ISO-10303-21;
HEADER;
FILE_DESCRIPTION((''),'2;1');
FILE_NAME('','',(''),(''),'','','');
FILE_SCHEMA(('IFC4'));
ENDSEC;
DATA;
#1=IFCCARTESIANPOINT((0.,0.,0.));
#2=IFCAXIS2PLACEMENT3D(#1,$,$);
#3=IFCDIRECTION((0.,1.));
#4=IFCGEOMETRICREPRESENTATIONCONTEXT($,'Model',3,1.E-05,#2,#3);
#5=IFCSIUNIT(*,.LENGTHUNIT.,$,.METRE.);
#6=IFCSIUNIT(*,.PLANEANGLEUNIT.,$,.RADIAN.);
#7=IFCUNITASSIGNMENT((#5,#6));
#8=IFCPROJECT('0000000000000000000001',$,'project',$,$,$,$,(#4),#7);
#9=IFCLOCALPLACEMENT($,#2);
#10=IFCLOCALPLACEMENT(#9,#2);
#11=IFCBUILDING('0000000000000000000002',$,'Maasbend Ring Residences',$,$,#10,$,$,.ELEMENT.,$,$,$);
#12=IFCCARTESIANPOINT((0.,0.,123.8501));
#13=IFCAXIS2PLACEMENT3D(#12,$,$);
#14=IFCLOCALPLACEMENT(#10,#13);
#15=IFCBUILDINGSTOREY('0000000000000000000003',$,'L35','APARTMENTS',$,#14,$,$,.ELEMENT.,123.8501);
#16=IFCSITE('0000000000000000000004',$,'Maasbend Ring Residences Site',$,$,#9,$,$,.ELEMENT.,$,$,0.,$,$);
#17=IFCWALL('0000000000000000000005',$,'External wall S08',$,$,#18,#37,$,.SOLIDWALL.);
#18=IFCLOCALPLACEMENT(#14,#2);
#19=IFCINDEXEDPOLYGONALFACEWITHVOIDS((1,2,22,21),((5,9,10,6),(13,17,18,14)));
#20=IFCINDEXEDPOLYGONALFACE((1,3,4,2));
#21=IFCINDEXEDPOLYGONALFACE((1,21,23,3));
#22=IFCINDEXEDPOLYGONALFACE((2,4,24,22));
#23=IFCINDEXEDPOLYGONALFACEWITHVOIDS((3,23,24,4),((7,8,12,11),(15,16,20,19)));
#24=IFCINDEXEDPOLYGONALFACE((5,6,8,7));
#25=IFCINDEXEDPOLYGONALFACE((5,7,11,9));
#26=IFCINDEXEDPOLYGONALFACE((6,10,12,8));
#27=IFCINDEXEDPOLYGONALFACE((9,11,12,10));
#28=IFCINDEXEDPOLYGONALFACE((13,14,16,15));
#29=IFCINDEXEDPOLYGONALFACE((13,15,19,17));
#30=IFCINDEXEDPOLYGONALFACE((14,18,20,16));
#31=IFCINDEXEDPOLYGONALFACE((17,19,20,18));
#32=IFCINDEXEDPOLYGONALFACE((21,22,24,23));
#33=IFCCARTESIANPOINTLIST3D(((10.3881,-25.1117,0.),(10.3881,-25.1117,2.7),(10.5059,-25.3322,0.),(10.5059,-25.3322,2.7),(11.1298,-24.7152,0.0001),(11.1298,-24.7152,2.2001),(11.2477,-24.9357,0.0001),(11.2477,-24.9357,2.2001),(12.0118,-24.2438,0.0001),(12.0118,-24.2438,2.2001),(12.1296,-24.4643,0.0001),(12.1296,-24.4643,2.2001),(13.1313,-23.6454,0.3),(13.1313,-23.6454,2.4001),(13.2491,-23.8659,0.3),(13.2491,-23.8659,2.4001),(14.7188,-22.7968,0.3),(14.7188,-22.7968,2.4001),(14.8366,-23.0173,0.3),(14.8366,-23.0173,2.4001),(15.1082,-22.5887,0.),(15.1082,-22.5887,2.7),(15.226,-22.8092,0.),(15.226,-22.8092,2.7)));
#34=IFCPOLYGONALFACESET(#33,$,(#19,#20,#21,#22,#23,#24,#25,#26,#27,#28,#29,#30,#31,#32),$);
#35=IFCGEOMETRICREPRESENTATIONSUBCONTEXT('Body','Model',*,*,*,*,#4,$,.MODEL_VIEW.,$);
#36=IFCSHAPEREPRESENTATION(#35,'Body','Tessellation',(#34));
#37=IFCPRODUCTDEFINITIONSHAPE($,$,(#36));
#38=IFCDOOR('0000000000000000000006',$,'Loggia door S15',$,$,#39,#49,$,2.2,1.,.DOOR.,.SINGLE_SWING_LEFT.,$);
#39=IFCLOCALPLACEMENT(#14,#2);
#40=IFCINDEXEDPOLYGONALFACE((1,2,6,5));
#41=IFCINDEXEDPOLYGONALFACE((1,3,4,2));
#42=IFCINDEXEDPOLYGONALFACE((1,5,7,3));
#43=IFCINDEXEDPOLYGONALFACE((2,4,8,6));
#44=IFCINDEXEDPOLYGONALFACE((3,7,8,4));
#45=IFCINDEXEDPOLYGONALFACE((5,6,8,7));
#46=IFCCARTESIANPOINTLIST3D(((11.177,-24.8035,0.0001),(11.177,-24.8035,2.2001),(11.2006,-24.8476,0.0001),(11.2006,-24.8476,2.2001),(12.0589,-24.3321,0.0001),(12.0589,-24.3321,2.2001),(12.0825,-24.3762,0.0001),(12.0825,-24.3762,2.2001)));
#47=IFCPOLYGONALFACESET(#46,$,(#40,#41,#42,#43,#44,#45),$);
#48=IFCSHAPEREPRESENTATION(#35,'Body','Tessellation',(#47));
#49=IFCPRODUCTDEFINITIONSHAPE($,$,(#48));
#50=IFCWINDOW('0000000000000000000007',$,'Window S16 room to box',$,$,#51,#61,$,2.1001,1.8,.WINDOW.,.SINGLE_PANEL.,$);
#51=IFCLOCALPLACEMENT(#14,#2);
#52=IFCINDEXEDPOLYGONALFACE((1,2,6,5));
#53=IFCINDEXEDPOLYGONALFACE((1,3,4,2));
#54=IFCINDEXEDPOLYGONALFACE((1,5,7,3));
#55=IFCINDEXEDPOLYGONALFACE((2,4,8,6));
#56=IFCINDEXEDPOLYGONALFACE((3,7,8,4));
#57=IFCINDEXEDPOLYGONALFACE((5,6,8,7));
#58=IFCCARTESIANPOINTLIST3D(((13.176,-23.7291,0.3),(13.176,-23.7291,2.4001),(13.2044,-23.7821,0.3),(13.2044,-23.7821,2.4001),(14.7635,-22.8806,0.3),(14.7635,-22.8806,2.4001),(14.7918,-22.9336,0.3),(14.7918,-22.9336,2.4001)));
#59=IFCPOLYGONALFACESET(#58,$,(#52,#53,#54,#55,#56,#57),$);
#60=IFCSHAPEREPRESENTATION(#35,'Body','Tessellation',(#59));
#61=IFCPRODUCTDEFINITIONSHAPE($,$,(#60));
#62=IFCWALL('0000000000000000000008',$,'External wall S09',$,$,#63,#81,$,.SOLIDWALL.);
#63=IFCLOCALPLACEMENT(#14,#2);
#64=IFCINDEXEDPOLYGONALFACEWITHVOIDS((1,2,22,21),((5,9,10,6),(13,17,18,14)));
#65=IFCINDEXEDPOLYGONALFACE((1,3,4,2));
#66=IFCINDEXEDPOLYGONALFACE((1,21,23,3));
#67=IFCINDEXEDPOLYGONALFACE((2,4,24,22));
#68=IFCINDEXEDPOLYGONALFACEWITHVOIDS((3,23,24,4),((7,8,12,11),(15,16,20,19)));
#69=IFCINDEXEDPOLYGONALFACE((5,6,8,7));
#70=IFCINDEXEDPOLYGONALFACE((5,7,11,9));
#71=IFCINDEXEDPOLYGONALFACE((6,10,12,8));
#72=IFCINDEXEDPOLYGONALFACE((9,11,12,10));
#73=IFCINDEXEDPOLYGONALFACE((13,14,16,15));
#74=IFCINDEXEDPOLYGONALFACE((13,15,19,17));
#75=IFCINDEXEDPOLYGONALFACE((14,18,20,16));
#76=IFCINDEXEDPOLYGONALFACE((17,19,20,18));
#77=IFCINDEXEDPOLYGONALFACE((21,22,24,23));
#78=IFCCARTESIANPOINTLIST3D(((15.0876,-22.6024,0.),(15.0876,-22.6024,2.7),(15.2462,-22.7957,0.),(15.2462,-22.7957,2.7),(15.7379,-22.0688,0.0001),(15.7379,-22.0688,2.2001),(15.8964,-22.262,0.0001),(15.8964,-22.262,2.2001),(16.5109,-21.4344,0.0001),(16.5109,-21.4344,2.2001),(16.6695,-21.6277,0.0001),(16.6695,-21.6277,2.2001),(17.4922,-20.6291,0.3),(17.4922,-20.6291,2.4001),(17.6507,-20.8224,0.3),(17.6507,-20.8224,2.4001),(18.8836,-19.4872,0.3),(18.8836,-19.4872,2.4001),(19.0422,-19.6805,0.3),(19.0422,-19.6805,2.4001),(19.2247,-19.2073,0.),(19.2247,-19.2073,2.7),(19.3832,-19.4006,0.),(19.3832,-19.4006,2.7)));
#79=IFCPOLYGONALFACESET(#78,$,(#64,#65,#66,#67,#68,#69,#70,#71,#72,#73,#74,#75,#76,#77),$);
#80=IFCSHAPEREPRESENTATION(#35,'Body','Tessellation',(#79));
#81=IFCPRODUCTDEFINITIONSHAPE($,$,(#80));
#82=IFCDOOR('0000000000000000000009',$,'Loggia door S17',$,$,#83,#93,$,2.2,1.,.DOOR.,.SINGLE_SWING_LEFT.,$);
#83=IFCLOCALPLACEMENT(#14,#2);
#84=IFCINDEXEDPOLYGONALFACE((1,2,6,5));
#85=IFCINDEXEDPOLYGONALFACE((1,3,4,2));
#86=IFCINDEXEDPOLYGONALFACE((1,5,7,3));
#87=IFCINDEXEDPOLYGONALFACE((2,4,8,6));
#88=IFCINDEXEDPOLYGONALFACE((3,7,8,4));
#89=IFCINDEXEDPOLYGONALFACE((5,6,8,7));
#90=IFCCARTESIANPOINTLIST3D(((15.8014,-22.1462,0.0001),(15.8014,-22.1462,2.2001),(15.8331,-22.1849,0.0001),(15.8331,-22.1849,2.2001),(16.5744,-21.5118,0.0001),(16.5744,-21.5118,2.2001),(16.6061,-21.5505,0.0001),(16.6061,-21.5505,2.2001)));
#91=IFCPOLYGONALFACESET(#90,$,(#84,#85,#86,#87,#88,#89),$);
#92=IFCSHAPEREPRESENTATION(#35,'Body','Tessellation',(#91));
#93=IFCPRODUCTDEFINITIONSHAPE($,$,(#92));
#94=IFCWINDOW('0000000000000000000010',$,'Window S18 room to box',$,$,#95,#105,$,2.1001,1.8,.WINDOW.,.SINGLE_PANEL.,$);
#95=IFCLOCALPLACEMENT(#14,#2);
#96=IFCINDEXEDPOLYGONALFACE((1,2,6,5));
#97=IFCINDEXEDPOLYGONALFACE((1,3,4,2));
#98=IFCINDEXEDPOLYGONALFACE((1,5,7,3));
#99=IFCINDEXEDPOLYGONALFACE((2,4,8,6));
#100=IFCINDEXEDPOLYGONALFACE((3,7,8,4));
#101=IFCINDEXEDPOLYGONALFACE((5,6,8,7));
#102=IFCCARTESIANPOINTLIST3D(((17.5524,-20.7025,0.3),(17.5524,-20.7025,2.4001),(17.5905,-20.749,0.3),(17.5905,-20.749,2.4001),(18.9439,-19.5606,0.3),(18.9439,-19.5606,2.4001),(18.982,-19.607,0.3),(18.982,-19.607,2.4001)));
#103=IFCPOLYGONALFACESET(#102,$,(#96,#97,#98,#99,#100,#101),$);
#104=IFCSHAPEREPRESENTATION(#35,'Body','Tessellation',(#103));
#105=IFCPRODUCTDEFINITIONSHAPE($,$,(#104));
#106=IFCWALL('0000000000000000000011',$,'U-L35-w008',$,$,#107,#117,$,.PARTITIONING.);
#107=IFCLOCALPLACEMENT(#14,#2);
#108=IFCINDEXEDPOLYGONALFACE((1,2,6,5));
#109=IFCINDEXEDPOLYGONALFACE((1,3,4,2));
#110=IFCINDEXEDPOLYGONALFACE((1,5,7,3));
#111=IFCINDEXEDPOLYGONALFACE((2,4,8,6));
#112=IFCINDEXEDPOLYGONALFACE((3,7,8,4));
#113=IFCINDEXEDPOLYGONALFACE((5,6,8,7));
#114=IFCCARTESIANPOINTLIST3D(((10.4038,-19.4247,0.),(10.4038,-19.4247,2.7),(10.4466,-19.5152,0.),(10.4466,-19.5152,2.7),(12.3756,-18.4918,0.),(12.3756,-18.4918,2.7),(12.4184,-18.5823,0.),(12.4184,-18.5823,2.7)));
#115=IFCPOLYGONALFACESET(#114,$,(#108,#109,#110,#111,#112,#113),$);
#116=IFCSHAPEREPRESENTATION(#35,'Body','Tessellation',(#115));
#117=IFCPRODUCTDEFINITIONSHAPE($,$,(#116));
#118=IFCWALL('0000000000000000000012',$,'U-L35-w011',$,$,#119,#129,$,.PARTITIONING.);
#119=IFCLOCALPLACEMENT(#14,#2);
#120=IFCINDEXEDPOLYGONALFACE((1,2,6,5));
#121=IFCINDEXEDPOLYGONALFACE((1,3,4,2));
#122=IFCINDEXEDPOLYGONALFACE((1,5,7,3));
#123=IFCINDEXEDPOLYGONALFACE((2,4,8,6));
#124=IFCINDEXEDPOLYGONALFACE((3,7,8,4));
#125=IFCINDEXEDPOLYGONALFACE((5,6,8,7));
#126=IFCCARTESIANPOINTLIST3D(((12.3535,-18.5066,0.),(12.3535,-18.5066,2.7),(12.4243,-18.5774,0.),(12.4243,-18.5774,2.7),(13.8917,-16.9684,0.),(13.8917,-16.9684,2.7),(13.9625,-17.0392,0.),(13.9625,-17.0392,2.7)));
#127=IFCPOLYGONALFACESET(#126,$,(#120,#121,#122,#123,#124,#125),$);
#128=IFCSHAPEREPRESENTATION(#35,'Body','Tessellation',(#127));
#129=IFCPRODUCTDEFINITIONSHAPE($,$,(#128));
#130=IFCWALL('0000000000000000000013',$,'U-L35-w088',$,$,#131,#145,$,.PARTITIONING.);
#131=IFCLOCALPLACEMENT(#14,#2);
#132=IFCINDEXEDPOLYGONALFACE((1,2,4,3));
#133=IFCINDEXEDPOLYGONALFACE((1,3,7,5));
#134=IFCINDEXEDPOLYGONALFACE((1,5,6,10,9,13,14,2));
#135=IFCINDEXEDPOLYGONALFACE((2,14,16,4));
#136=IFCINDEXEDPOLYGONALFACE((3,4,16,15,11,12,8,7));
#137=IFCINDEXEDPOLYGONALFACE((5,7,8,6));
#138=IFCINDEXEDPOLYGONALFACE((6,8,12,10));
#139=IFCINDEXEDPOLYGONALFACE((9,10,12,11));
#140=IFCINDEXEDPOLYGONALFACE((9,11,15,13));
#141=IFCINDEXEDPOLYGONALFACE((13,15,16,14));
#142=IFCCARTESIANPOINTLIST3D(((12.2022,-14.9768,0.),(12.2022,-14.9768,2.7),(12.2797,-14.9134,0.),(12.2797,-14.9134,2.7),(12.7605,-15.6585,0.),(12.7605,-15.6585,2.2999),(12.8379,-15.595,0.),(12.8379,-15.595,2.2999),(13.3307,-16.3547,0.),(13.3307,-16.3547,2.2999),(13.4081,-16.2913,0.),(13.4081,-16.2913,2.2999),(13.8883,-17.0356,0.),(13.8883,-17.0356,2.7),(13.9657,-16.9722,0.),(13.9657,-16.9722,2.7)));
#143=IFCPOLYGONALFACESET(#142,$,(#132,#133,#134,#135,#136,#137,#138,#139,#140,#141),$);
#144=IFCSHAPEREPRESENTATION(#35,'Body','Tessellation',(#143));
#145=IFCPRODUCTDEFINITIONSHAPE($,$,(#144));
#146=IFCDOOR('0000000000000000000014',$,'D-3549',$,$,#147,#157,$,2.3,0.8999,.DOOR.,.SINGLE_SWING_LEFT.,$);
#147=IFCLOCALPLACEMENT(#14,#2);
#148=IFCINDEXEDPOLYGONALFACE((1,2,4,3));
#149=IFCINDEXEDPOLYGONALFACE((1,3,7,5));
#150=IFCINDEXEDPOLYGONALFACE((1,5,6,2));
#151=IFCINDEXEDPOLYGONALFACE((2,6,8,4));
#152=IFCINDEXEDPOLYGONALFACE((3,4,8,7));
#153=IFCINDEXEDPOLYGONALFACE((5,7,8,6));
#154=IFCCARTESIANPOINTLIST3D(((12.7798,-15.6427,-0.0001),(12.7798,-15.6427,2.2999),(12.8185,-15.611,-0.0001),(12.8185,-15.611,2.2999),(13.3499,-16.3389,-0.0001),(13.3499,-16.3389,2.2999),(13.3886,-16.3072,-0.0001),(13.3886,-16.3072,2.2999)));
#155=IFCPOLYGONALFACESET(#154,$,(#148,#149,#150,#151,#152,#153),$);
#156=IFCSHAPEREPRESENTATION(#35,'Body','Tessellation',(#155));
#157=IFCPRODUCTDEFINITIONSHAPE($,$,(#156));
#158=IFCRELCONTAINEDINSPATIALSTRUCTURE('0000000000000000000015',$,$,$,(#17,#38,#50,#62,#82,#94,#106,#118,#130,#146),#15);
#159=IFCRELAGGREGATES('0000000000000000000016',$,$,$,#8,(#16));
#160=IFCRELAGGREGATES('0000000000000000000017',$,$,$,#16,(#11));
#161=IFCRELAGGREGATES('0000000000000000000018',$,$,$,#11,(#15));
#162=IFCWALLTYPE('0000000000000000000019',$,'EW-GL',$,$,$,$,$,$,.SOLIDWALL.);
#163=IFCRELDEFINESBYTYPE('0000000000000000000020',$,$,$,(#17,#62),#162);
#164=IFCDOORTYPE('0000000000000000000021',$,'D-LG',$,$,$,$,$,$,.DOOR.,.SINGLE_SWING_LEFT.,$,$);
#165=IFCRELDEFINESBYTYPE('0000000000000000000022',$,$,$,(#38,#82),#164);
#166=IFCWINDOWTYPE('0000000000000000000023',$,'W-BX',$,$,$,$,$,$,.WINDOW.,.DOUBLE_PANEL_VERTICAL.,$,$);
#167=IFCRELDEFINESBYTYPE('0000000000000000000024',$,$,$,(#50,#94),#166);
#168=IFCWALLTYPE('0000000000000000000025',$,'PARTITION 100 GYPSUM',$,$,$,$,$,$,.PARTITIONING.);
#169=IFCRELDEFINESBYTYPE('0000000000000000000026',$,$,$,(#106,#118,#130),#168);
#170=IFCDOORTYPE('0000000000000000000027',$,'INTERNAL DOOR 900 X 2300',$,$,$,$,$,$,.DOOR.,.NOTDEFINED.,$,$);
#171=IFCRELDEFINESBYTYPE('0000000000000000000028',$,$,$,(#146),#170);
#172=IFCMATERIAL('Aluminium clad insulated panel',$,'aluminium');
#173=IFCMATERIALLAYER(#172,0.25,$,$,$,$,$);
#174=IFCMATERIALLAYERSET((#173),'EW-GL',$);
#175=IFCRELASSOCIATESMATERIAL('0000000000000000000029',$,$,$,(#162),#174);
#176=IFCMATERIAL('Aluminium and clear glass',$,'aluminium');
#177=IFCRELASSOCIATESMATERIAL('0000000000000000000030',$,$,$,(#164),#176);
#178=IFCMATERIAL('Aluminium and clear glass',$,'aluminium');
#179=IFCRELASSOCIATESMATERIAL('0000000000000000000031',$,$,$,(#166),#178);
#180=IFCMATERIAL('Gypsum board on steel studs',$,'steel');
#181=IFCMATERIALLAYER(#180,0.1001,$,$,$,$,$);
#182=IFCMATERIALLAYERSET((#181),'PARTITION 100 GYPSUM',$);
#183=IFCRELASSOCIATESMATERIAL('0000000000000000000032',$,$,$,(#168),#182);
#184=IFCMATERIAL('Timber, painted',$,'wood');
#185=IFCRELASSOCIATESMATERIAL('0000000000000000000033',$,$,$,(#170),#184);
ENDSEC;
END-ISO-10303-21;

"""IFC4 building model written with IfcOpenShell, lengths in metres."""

from ifc_helpers import new_model, si_unit, direction, frame, frame_2d, origin, place, context, subcontext, project, spatial, rectangle, extrude, material, layer, layer_set, type_object, element, fill, save


model = new_model("IFC4")

# Units and contexts
model_context = context("Model", 3, precision=1e-05, world=origin(), true_north=direction((0.0, 1.0)))
body_context = subcontext(model_context, "Body", "Model", "MODEL_VIEW")
ifc_project = project(units=[si_unit("LENGTHUNIT", "METRE"), si_unit("PLANEANGLEUNIT", "RADIAN")], contexts=[model_context])

# Site, building, storey
site_placement = place(None, origin())
site = spatial("IfcSite", under=ifc_project, at=site_placement, Name="Maasbend Ring Residences Site", CompositionType="ELEMENT", RefElevation=0.0)
building_placement = place(site_placement, origin())
building = spatial("IfcBuilding", under=site, at=building_placement, Name="Maasbend Ring Residences", CompositionType="ELEMENT")
storey_placement = place(building_placement, frame((0.0, 0.0, 123.8501)))
storey = spatial("IfcBuildingStorey", under=building, at=storey_placement, Name="L35", Description="APARTMENTS", CompositionType="ELEMENT", Elevation=123.8501)

# Walls, openings, doors, windows
ifc_material_1 = material(Name="Aluminium clad insulated panel", Category="aluminium")
ifc_layer_1 = layer(ifc_material_1, 0.25)
ifc_layer_set_1 = layer_set([ifc_layer_1], Name="EW-GL")
wall_type_1 = type_object("IfcWallType", Name="EW-GL", PredefinedType="SOLIDWALL", material=ifc_layer_set_1)
wall_1_placement = place(storey_placement, frame((10.447, -25.2219, 0.0), z_axis=(0.0, 0.0, 1.0), x_axis=(0.881916, 0.471407, 0.0)))
wall_1 = element("IfcWall", 1, at=wall_1_placement, inside=storey, type_object=wall_type_1, Name="External wall S08", PredefinedType="SOLIDWALL", context=body_context, shape_type="SweptSolid", body=[
    extrude(rectangle(XDim=5.3521, YDim=0.25, at=frame_2d((2.676, 0.0))), origin(), (0.0, 0.0, 1.0), 2.7),
])
opening_1_placement = place(wall_1_placement, frame((0.8411, 0.0, 0.0)))
opening_1 = element("IfcOpeningElement", 2, at=opening_1_placement, cuts=wall_1, PredefinedType="OPENING", context=body_context, shape_type="SweptSolid", body=[
    extrude(rectangle(XDim=1.0, YDim=2.2, at=frame_2d((0.5, 1.1001))), frame((0.0, 0.135, 0.0), z_axis=(0.0, -1.0, 0.0), x_axis=(1.0, 0.0, 0.0)), (0.0, 0.0, 1.0), 0.27),
])
opening_2_placement = place(wall_1_placement, frame((3.1106, 0.0, 0.3)))
opening_2 = element("IfcOpeningElement", 3, at=opening_2_placement, cuts=wall_1, PredefinedType="OPENING", context=body_context, shape_type="SweptSolid", body=[
    extrude(rectangle(XDim=1.8, YDim=2.1001, at=frame_2d((0.8999, 1.05))), frame((0.0, 0.135, 0.0), z_axis=(0.0, -1.0, 0.0), x_axis=(1.0, 0.0, 0.0)), (0.0, 0.0, 1.0), 0.27),
])
ifc_material_2 = material(Name="Aluminium and clear glass", Category="aluminium")
door_type_1 = type_object("IfcDoorType", Name="D-LG", OperationType="SINGLE_SWING_LEFT", PredefinedType="DOOR", material=ifc_material_2)
door_1_placement = place(opening_1_placement, origin())
door_1 = element("IfcDoor", 4, at=door_1_placement, inside=storey, type_object=door_type_1, Name="Loggia door S15", OperationType="SINGLE_SWING_LEFT", OverallHeight=2.2, OverallWidth=1.0, PredefinedType="DOOR", context=body_context, shape_type="SweptSolid", body=[
    extrude(rectangle(XDim=1.0, YDim=2.2, at=frame_2d((0.5, 1.1001))), frame((0.0, 0.0249, 0.0), z_axis=(0.0, -1.0, 0.0), x_axis=(1.0, 0.0, 0.0)), (0.0, 0.0, 1.0), 0.05),
])
fill(opening_1, door_1)
ifc_material_3 = material(Name="Aluminium and clear glass", Category="aluminium")
window_type_1 = type_object("IfcWindowType", Name="W-BX", PartitioningType="DOUBLE_PANEL_VERTICAL", PredefinedType="WINDOW", material=ifc_material_3)
window_1_placement = place(opening_2_placement, origin())
window_1 = element("IfcWindow", 5, at=window_1_placement, inside=storey, type_object=window_type_1, Name="Window S16 room to box", OverallHeight=2.1001, OverallWidth=1.8, PartitioningType="SINGLE_PANEL", PredefinedType="WINDOW", context=body_context, shape_type="SweptSolid", body=[
    extrude(rectangle(XDim=1.8, YDim=2.1001, at=frame_2d((0.8999, 1.05))), frame((0.0, 0.03, 0.0), z_axis=(0.0, -1.0, 0.0), x_axis=(1.0, 0.0, 0.0)), (0.0, 0.0, 1.0), 0.0601),
])
fill(opening_2, window_1)
wall_2_placement = place(storey_placement, frame((15.167, -22.699, 0.0), z_axis=(0.0, 0.0, 1.0), x_axis=(0.773019, 0.634382, 0.0)))
wall_2 = element("IfcWall", 6, at=wall_2_placement, inside=storey, type_object=wall_type_1, Name="External wall S09", PredefinedType="SOLIDWALL", context=body_context, shape_type="SweptSolid", body=[
    extrude(rectangle(XDim=5.3518, YDim=0.25, at=frame_2d((2.6758, 0.0))), origin(), (0.0, 0.0, 1.0), 2.7),
])
opening_3_placement = place(wall_2_placement, frame((0.8411, 0.0, 0.0)))
opening_3 = element("IfcOpeningElement", 7, at=opening_3_placement, cuts=wall_2, PredefinedType="OPENING", context=body_context, shape_type="SweptSolid", body=[
    extrude(rectangle(XDim=1.0, YDim=2.2, at=frame_2d((0.5, 1.1001))), frame((0.0, 0.135, 0.0), z_axis=(0.0, -1.0, 0.0), x_axis=(1.0, 0.0, 0.0)), (0.0, 0.0, 1.0), 0.27),
])
opening_4_placement = place(wall_2_placement, frame((3.1106, 0.0, 0.3)))
opening_4 = element("IfcOpeningElement", 8, at=opening_4_placement, cuts=wall_2, PredefinedType="OPENING", context=body_context, shape_type="SweptSolid", body=[
    extrude(rectangle(XDim=1.8, YDim=2.1001, at=frame_2d((0.8999, 1.05))), frame((0.0, 0.135, 0.0), z_axis=(0.0, -1.0, 0.0), x_axis=(1.0, 0.0, 0.0)), (0.0, 0.0, 1.0), 0.27),
])
door_2_placement = place(opening_3_placement, origin())
door_2 = element("IfcDoor", 9, at=door_2_placement, inside=storey, type_object=door_type_1, Name="Loggia door S17", OperationType="SINGLE_SWING_LEFT", OverallHeight=2.2, OverallWidth=1.0, PredefinedType="DOOR", context=body_context, shape_type="SweptSolid", body=[
    extrude(rectangle(XDim=1.0, YDim=2.2, at=frame_2d((0.5, 1.1001))), frame((0.0, 0.0249, 0.0), z_axis=(0.0, -1.0, 0.0), x_axis=(1.0, 0.0, 0.0)), (0.0, 0.0, 1.0), 0.05),
])
fill(opening_3, door_2)
window_2_placement = place(opening_4_placement, origin())
window_2 = element("IfcWindow", 10, at=window_2_placement, inside=storey, type_object=window_type_1, Name="Window S18 room to box", OverallHeight=2.1001, OverallWidth=1.8, PartitioningType="SINGLE_PANEL", PredefinedType="WINDOW", context=body_context, shape_type="SweptSolid", body=[
    extrude(rectangle(XDim=1.8, YDim=2.1001, at=frame_2d((0.8999, 1.05))), frame((0.0, 0.03, 0.0), z_axis=(0.0, -1.0, 0.0), x_axis=(1.0, 0.0, 0.0)), (0.0, 0.0, 1.0), 0.0601),
])
fill(opening_4, window_2)

# Walls
ifc_material_4 = material(Name="Gypsum board on steel studs", Category="steel")
ifc_layer_2 = layer(ifc_material_4, 0.1001)
ifc_layer_set_2 = layer_set([ifc_layer_2], Name="PARTITION 100 GYPSUM")
wall_type_2 = type_object("IfcWallType", Name="PARTITION 100 GYPSUM", PredefinedType="PARTITIONING", material=ifc_layer_set_2)
wall_3_placement = place(storey_placement, frame((10.425, -19.47, 0.0), z_axis=(0.0, 0.0, 1.0), x_axis=(0.903952, 0.427634, 0.0)))
element("IfcWall", 11, at=wall_3_placement, inside=storey, type_object=wall_type_2, Name="U-L35-w008", PredefinedType="PARTITIONING", context=body_context, shape_type="SweptSolid", body=[
    extrude(rectangle(XDim=2.1814, YDim=0.1001, at=frame_2d((1.0908, 0.0))), origin(), (0.0, 0.0, 1.0), 2.7),
])
wall_4_placement = place(storey_placement, frame((12.3889, -18.542, 0.0), z_axis=(0.0, 0.0, 1.0), x_axis=(0.707107, 0.707107, 0.0)))
element("IfcWall", 12, at=wall_4_placement, inside=storey, type_object=wall_type_2, Name="U-L35-w011", PredefinedType="PARTITIONING", context=body_context, shape_type="SweptSolid", body=[
    extrude(rectangle(XDim=2.1753, YDim=0.1001, at=frame_2d((1.0876, 0.0))), origin(), (0.0, 0.0, 1.0), 2.7),
])

# Wall, opening, door
wall_5_placement = place(storey_placement, frame((12.241, -14.9451, 0.0), z_axis=(0.0, 0.0, 1.0), x_axis=(0.633582, -0.773675, 0.0)))
wall_5 = element("IfcWall", 13, at=wall_5_placement, inside=storey, type_object=wall_type_2, Name="U-L35-w088", PredefinedType="PARTITIONING", context=body_context, shape_type="SweptSolid", body=[
    extrude(rectangle(XDim=2.6611, YDim=0.1001, at=frame_2d((1.3306, 0.0))), origin(), (0.0, 0.0, 1.0), 2.7),
])
opening_5_placement = place(wall_5_placement, frame((0.8811, 0.0, 0.0)))
opening_5 = element("IfcOpeningElement", 14, at=opening_5_placement, cuts=wall_5, PredefinedType="OPENING", context=body_context, shape_type="SweptSolid", body=[
    extrude(rectangle(XDim=0.8999, YDim=2.3, at=frame_2d((0.45, 1.1499))), frame((0.0, 0.0601, 0.0), z_axis=(0.0, -1.0, 0.0), x_axis=(1.0, 0.0, 0.0)), (0.0, 0.0, 1.0), 0.1201),
])
ifc_material_5 = material(Name="Timber, painted", Category="wood")
door_type_2 = type_object("IfcDoorType", Name="INTERNAL DOOR 900 X 2300", OperationType="NOTDEFINED", PredefinedType="DOOR", material=ifc_material_5)
door_3_placement = place(opening_5_placement, origin())
door_3 = element("IfcDoor", 15, at=door_3_placement, inside=storey, type_object=door_type_2, Name="D-3549", OperationType="SINGLE_SWING_LEFT", OverallHeight=2.3, OverallWidth=0.8999, PredefinedType="DOOR", context=body_context, shape_type="SweptSolid", body=[
    extrude(rectangle(XDim=0.8999, YDim=2.3, at=frame_2d((0.45, 1.1499))), frame((0.0, 0.0249, 0.0), z_axis=(0.0, -1.0, 0.0), x_axis=(1.0, 0.0, 0.0)), (0.0, 0.0, 1.0), 0.05),
])
fill(opening_5, door_3)

save(model, "model.ifc")
